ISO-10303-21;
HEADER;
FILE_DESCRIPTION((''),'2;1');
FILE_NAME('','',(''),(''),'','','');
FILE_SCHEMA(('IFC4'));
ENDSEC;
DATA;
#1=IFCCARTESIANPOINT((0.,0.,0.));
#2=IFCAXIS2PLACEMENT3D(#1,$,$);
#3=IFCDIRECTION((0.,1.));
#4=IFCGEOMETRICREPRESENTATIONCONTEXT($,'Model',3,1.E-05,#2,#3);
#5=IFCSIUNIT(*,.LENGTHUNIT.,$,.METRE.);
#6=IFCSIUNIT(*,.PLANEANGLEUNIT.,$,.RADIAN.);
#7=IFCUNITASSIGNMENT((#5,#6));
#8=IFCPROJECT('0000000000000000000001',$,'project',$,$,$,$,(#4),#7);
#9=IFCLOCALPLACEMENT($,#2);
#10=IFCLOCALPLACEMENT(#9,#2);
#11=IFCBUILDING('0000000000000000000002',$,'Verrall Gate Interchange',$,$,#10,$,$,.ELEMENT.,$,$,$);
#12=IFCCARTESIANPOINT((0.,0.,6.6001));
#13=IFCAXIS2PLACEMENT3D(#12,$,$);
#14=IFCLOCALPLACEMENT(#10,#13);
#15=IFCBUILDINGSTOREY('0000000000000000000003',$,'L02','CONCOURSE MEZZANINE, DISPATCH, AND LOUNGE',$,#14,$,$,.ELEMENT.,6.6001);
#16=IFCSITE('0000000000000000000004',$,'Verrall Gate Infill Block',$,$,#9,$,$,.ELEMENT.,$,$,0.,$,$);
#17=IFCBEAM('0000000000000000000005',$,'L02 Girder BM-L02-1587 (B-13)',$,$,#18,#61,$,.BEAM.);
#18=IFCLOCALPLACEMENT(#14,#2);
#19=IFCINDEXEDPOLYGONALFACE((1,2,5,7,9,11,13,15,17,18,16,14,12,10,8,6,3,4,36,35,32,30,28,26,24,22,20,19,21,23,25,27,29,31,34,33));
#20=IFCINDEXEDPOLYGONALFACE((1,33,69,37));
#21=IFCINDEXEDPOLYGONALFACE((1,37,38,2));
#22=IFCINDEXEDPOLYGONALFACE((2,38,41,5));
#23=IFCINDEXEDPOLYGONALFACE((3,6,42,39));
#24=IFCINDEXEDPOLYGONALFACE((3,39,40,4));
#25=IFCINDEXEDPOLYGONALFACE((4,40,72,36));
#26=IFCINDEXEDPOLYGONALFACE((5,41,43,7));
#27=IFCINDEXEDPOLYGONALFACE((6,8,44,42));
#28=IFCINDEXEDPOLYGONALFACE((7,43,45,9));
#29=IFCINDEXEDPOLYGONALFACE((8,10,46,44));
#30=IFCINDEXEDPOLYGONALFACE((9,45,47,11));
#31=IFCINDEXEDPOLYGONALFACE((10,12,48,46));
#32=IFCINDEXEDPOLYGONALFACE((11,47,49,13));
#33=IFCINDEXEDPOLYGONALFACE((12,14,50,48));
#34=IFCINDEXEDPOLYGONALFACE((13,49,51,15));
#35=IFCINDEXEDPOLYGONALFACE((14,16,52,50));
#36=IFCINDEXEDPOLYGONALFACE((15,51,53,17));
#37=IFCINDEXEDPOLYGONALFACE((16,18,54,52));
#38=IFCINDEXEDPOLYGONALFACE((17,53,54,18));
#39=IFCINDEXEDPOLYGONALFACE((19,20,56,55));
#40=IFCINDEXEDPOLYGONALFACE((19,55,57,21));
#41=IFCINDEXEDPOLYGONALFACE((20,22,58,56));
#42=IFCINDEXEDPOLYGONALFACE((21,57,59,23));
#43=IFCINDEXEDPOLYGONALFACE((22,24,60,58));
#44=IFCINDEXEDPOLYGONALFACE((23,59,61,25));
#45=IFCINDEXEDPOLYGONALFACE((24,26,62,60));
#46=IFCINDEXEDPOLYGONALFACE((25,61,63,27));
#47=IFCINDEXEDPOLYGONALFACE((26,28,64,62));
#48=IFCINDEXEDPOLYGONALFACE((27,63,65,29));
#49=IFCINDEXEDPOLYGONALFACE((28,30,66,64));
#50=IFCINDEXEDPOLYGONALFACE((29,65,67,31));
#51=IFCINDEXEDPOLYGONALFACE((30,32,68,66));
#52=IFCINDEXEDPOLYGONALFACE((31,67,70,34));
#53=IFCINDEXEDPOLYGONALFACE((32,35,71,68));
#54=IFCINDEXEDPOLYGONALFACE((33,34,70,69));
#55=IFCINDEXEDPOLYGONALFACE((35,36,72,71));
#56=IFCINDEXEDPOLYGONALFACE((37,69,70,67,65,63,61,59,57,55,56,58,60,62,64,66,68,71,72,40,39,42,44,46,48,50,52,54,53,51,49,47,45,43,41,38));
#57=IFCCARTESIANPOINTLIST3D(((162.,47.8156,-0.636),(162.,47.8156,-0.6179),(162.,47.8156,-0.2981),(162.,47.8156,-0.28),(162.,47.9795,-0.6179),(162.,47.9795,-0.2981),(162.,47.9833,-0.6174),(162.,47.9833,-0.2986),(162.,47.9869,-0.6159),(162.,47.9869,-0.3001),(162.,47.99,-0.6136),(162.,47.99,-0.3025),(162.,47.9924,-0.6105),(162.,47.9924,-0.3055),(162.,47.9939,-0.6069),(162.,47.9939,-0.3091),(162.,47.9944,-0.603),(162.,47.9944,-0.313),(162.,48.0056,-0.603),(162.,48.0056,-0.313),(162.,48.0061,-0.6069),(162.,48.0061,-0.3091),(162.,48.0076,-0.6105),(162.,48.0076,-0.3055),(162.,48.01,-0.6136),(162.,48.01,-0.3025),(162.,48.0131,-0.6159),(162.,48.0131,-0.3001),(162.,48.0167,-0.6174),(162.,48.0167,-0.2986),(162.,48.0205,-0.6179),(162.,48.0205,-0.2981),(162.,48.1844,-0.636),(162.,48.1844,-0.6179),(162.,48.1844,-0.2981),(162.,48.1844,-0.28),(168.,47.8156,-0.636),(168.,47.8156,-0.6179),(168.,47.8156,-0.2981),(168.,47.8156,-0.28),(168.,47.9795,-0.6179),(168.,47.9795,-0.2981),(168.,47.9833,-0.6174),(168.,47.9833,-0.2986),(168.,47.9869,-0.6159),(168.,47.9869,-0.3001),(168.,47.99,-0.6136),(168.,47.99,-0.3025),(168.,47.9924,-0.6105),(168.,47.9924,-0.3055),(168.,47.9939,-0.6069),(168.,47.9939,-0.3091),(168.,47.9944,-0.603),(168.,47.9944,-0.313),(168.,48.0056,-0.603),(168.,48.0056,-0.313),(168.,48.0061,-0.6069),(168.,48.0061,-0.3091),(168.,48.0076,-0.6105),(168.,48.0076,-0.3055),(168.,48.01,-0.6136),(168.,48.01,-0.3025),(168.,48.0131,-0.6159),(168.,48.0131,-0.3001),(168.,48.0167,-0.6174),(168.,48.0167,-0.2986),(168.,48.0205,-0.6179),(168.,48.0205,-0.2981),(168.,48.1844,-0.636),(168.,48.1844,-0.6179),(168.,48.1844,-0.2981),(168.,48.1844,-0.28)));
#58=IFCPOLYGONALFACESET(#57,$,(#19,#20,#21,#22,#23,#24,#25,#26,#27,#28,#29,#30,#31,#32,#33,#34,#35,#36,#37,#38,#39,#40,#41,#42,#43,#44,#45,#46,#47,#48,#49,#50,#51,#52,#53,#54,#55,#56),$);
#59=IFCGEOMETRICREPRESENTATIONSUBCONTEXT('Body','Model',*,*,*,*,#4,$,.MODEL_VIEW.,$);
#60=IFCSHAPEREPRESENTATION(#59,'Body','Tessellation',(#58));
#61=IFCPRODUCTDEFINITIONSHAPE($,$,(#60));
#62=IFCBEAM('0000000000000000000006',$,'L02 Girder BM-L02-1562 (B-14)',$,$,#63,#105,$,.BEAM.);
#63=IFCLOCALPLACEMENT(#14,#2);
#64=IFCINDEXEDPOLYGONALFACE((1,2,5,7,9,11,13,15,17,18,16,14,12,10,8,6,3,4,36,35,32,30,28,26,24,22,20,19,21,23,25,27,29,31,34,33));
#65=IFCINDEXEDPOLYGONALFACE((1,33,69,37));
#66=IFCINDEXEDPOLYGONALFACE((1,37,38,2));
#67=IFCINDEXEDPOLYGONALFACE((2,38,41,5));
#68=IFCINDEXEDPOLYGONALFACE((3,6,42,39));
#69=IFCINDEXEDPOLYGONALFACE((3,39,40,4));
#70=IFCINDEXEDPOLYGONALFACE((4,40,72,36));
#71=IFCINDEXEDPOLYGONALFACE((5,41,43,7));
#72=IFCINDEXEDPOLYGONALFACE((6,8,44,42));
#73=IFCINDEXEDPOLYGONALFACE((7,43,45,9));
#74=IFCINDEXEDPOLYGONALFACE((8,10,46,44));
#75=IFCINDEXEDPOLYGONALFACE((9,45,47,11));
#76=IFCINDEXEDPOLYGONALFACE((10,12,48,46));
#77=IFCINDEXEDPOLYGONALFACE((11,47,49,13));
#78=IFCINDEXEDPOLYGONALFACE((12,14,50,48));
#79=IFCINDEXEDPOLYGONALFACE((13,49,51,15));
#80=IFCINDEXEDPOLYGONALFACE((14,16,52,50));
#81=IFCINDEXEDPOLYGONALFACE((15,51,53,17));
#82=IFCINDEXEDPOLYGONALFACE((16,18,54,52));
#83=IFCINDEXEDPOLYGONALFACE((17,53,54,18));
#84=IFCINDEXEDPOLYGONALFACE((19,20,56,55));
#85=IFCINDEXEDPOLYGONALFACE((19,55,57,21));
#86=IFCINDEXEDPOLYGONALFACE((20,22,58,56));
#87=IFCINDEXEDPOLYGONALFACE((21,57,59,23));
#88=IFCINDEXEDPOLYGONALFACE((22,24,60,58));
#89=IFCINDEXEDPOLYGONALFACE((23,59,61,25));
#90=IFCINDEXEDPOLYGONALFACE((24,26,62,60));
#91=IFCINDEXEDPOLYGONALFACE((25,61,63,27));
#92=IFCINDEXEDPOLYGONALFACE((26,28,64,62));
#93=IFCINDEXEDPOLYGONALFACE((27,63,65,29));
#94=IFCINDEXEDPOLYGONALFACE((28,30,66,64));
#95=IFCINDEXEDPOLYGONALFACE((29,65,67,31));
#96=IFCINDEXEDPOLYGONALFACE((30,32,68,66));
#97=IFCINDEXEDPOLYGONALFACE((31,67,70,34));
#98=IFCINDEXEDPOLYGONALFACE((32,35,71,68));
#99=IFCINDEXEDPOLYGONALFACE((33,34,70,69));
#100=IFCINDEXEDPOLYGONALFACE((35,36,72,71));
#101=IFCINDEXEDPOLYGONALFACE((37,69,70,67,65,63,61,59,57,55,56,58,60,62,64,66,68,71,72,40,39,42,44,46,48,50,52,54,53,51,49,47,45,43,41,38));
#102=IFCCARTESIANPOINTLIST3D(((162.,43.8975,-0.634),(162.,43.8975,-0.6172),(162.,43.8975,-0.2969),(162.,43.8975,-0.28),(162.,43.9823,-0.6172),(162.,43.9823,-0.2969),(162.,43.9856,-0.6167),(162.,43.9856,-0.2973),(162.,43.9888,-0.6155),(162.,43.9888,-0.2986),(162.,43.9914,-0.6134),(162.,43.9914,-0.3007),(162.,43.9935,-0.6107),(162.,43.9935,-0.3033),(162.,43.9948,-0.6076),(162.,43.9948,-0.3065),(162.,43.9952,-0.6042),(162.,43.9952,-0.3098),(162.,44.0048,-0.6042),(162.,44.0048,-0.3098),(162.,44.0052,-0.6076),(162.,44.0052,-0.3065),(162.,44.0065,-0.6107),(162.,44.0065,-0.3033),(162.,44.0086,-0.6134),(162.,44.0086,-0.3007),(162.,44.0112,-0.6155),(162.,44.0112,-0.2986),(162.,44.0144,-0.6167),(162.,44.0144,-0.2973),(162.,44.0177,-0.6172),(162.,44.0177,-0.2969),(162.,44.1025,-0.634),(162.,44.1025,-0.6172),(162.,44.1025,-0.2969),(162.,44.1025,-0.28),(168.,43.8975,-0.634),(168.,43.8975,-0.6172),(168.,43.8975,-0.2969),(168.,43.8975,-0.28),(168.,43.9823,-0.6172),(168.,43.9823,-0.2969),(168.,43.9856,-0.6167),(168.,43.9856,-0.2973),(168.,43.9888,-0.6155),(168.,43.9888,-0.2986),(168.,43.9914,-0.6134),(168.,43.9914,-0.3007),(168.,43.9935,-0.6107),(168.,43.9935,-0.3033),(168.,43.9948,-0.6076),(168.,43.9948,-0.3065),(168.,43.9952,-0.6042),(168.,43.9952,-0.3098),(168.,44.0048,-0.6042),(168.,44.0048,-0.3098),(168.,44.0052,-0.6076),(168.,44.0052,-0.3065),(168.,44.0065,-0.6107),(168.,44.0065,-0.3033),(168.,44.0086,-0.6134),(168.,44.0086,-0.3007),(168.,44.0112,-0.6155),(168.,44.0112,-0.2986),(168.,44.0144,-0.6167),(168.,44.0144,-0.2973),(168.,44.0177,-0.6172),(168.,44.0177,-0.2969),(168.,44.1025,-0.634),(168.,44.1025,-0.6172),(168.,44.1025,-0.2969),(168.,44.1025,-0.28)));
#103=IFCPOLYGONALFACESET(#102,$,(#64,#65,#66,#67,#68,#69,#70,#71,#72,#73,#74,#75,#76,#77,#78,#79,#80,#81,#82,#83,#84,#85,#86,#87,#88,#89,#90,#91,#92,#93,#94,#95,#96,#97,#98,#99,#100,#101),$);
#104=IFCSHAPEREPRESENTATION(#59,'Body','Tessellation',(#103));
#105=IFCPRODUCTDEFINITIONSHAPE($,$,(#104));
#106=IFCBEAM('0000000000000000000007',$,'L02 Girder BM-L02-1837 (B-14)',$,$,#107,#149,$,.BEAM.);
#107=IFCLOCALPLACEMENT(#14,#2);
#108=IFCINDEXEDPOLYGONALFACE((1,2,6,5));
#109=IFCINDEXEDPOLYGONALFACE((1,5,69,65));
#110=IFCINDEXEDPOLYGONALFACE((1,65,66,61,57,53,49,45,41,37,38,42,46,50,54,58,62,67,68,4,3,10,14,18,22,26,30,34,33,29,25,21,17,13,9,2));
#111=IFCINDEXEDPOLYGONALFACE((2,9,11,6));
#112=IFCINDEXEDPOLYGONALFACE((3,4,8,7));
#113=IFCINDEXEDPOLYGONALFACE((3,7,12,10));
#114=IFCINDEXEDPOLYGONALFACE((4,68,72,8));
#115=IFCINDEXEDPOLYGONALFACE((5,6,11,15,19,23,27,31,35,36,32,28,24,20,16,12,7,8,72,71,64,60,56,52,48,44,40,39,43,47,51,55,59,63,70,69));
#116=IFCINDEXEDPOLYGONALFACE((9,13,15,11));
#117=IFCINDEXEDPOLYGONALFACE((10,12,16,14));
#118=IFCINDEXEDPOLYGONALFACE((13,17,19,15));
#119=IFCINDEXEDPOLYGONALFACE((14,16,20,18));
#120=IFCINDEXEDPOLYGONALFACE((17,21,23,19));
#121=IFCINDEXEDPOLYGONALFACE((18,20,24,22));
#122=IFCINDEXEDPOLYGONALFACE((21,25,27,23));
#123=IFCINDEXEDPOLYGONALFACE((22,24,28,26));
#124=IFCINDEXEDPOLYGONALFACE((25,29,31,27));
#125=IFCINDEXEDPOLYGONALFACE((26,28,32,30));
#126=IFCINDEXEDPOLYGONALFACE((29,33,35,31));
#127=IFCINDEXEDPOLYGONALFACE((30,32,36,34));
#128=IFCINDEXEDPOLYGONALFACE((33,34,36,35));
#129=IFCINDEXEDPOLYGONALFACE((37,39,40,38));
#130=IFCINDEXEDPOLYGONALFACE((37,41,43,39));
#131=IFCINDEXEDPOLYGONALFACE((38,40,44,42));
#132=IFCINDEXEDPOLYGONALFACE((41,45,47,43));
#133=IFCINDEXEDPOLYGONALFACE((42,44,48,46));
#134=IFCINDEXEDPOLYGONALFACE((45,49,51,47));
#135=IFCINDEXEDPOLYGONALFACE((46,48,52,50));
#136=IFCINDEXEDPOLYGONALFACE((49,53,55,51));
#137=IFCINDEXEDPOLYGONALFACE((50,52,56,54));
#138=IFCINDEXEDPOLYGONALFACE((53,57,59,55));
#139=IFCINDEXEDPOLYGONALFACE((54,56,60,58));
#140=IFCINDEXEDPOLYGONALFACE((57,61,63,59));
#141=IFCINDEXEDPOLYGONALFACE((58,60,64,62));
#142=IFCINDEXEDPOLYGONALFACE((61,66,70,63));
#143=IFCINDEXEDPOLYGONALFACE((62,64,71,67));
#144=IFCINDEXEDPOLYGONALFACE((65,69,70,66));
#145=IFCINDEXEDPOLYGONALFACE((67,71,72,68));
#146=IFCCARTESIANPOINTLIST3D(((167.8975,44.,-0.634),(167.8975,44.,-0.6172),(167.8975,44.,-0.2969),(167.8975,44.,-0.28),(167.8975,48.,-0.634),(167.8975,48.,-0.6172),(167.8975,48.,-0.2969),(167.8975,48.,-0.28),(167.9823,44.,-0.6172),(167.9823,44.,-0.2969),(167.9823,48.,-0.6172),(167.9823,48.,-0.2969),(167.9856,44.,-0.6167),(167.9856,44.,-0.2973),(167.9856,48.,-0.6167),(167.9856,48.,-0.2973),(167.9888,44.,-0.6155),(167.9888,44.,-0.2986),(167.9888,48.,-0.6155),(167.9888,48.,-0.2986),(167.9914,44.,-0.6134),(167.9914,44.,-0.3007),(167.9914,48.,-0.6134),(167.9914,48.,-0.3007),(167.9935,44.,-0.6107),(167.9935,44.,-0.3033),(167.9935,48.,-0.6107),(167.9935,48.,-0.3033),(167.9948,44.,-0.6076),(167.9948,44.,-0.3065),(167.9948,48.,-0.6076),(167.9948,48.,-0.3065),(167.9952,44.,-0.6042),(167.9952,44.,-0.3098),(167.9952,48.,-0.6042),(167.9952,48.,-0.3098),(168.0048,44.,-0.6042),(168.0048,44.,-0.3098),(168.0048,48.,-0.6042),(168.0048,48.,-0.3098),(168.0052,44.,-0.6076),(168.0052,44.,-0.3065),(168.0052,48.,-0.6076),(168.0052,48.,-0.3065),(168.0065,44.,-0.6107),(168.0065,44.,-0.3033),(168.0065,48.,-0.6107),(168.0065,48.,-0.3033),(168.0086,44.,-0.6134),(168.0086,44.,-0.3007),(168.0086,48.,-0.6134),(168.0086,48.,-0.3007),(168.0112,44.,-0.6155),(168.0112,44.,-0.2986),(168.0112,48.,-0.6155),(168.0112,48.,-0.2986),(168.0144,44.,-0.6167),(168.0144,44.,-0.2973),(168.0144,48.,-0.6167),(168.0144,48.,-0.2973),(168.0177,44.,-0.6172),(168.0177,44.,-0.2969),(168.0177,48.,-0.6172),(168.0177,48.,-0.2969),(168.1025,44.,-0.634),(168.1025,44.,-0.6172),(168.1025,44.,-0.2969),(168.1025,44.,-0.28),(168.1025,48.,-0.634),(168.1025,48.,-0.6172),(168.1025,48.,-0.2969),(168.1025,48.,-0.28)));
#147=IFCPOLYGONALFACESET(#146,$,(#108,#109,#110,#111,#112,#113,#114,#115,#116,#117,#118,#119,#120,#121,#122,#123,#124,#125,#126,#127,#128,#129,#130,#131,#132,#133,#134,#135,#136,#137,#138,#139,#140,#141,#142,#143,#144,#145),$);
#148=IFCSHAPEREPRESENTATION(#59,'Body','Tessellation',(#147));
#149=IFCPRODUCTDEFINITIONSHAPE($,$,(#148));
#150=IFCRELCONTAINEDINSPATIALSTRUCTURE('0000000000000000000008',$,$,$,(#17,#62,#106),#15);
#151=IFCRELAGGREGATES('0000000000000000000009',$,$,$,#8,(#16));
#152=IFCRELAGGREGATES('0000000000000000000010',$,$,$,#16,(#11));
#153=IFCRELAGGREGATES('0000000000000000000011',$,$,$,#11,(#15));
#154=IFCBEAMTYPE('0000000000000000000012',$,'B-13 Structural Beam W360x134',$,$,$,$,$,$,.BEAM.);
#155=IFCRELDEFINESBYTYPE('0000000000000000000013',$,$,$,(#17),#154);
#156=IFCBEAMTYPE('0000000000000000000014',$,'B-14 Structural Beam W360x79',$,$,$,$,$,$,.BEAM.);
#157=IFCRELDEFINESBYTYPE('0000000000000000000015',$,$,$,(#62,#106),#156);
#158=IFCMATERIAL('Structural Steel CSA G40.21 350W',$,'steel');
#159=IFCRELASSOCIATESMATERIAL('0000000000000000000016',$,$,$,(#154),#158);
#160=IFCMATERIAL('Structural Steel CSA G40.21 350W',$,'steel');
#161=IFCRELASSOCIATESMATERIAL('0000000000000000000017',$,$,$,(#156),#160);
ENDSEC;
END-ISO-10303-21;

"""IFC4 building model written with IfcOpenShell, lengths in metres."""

from ifc_helpers import new_model, si_unit, direction, frame, origin, origin_2d, place, context, subcontext, project, spatial, i_section, extrude, material, material_profile, profile_set, type_object, element, save


model = new_model("IFC4")

# Units and contexts
model_context = context("Model", 3, precision=1e-05, world=origin(), true_north=direction((0.0, 1.0)))
body_context = subcontext(model_context, "Body", "Model", "MODEL_VIEW")
ifc_project = project(units=[si_unit("LENGTHUNIT", "METRE"), si_unit("PLANEANGLEUNIT", "RADIAN")], contexts=[model_context])

# Site, building, storey
site_placement = place(None, origin())
site = spatial("IfcSite", under=ifc_project, at=site_placement, Name="Verrall Gate Infill Block", CompositionType="ELEMENT", RefElevation=0.0)
building_placement = place(site_placement, origin())
building = spatial("IfcBuilding", under=site, at=building_placement, Name="Verrall Gate Interchange", CompositionType="ELEMENT")
storey_placement = place(building_placement, frame((0.0, 0.0, 6.6001)))
storey = spatial("IfcBuildingStorey", under=building, at=storey_placement, Name="L02", Description="CONCOURSE MEZZANINE, DISPATCH, AND LOUNGE", CompositionType="ELEMENT", Elevation=6.6001)

# Beams
ifc_material_1 = material(Name="Structural Steel CSA G40.21 350W", Category="steel")
ifc_material_profile_1 = material_profile(ifc_material_1, i_section(OverallWidth=0.3689, OverallDepth=0.356, WebThickness=0.0112, FlangeThickness=0.0181, FilletRadius=0.0149, at=origin_2d()), Name="W360x134")
ifc_profile_set_1 = profile_set([ifc_material_profile_1], Name="Structural Steel CSA G40.21 350W")
beam_type_1 = type_object("IfcBeamType", Name="B-13 Structural Beam W360x134", PredefinedType="BEAM", material=ifc_profile_set_1)
beam_1_placement = place(storey_placement, frame((162.0, 48.0, -0.458), z_axis=(1.0, 0.0, 0.0), x_axis=(0.0, 1.0, 0.0)))
element("IfcBeam", 1, at=beam_1_placement, inside=storey, type_object=beam_type_1, Name="L02 Girder BM-L02-1587 (B-13)", PredefinedType="BEAM", context=body_context, shape_type="SweptSolid", body=[
    extrude(i_section(OverallWidth=0.3689, OverallDepth=0.356, WebThickness=0.0112, FlangeThickness=0.0181, FilletRadius=0.0149, at=origin_2d()), origin(), (0.0, 0.0, 1.0), 6.0),
])
ifc_material_2 = material(Name="Structural Steel CSA G40.21 350W", Category="steel")
ifc_material_profile_2 = material_profile(ifc_material_2, i_section(OverallWidth=0.2051, OverallDepth=0.354, WebThickness=0.0095, FlangeThickness=0.0168, FilletRadius=0.0129, at=origin_2d()), Name="W360x79")
ifc_profile_set_2 = profile_set([ifc_material_profile_2], Name="Structural Steel CSA G40.21 350W")
beam_type_2 = type_object("IfcBeamType", Name="B-14 Structural Beam W360x79", PredefinedType="BEAM", material=ifc_profile_set_2)
beam_2_placement = place(storey_placement, frame((162.0, 44.0, -0.457), z_axis=(1.0, 0.0, 0.0), x_axis=(0.0, 1.0, 0.0)))
element("IfcBeam", 2, at=beam_2_placement, inside=storey, type_object=beam_type_2, Name="L02 Girder BM-L02-1562 (B-14)", PredefinedType="BEAM", context=body_context, shape_type="SweptSolid", body=[
    extrude(i_section(OverallWidth=0.2051, OverallDepth=0.354, WebThickness=0.0095, FlangeThickness=0.0168, FilletRadius=0.0129, at=origin_2d()), origin(), (0.0, 0.0, 1.0), 6.0),
])
beam_3_placement = place(storey_placement, frame((168.0, 44.0, -0.457), z_axis=(0.0, 1.0, 0.0), x_axis=(-1.0, 0.0, 0.0)))
element("IfcBeam", 3, at=beam_3_placement, inside=storey, type_object=beam_type_2, Name="L02 Girder BM-L02-1837 (B-14)", PredefinedType="BEAM", context=body_context, shape_type="SweptSolid", body=[
    extrude(i_section(OverallWidth=0.2051, OverallDepth=0.354, WebThickness=0.0095, FlangeThickness=0.0168, FilletRadius=0.0129, at=origin_2d()), origin(), (0.0, 0.0, 1.0), 4.0),
])

save(model, "model.ifc")
